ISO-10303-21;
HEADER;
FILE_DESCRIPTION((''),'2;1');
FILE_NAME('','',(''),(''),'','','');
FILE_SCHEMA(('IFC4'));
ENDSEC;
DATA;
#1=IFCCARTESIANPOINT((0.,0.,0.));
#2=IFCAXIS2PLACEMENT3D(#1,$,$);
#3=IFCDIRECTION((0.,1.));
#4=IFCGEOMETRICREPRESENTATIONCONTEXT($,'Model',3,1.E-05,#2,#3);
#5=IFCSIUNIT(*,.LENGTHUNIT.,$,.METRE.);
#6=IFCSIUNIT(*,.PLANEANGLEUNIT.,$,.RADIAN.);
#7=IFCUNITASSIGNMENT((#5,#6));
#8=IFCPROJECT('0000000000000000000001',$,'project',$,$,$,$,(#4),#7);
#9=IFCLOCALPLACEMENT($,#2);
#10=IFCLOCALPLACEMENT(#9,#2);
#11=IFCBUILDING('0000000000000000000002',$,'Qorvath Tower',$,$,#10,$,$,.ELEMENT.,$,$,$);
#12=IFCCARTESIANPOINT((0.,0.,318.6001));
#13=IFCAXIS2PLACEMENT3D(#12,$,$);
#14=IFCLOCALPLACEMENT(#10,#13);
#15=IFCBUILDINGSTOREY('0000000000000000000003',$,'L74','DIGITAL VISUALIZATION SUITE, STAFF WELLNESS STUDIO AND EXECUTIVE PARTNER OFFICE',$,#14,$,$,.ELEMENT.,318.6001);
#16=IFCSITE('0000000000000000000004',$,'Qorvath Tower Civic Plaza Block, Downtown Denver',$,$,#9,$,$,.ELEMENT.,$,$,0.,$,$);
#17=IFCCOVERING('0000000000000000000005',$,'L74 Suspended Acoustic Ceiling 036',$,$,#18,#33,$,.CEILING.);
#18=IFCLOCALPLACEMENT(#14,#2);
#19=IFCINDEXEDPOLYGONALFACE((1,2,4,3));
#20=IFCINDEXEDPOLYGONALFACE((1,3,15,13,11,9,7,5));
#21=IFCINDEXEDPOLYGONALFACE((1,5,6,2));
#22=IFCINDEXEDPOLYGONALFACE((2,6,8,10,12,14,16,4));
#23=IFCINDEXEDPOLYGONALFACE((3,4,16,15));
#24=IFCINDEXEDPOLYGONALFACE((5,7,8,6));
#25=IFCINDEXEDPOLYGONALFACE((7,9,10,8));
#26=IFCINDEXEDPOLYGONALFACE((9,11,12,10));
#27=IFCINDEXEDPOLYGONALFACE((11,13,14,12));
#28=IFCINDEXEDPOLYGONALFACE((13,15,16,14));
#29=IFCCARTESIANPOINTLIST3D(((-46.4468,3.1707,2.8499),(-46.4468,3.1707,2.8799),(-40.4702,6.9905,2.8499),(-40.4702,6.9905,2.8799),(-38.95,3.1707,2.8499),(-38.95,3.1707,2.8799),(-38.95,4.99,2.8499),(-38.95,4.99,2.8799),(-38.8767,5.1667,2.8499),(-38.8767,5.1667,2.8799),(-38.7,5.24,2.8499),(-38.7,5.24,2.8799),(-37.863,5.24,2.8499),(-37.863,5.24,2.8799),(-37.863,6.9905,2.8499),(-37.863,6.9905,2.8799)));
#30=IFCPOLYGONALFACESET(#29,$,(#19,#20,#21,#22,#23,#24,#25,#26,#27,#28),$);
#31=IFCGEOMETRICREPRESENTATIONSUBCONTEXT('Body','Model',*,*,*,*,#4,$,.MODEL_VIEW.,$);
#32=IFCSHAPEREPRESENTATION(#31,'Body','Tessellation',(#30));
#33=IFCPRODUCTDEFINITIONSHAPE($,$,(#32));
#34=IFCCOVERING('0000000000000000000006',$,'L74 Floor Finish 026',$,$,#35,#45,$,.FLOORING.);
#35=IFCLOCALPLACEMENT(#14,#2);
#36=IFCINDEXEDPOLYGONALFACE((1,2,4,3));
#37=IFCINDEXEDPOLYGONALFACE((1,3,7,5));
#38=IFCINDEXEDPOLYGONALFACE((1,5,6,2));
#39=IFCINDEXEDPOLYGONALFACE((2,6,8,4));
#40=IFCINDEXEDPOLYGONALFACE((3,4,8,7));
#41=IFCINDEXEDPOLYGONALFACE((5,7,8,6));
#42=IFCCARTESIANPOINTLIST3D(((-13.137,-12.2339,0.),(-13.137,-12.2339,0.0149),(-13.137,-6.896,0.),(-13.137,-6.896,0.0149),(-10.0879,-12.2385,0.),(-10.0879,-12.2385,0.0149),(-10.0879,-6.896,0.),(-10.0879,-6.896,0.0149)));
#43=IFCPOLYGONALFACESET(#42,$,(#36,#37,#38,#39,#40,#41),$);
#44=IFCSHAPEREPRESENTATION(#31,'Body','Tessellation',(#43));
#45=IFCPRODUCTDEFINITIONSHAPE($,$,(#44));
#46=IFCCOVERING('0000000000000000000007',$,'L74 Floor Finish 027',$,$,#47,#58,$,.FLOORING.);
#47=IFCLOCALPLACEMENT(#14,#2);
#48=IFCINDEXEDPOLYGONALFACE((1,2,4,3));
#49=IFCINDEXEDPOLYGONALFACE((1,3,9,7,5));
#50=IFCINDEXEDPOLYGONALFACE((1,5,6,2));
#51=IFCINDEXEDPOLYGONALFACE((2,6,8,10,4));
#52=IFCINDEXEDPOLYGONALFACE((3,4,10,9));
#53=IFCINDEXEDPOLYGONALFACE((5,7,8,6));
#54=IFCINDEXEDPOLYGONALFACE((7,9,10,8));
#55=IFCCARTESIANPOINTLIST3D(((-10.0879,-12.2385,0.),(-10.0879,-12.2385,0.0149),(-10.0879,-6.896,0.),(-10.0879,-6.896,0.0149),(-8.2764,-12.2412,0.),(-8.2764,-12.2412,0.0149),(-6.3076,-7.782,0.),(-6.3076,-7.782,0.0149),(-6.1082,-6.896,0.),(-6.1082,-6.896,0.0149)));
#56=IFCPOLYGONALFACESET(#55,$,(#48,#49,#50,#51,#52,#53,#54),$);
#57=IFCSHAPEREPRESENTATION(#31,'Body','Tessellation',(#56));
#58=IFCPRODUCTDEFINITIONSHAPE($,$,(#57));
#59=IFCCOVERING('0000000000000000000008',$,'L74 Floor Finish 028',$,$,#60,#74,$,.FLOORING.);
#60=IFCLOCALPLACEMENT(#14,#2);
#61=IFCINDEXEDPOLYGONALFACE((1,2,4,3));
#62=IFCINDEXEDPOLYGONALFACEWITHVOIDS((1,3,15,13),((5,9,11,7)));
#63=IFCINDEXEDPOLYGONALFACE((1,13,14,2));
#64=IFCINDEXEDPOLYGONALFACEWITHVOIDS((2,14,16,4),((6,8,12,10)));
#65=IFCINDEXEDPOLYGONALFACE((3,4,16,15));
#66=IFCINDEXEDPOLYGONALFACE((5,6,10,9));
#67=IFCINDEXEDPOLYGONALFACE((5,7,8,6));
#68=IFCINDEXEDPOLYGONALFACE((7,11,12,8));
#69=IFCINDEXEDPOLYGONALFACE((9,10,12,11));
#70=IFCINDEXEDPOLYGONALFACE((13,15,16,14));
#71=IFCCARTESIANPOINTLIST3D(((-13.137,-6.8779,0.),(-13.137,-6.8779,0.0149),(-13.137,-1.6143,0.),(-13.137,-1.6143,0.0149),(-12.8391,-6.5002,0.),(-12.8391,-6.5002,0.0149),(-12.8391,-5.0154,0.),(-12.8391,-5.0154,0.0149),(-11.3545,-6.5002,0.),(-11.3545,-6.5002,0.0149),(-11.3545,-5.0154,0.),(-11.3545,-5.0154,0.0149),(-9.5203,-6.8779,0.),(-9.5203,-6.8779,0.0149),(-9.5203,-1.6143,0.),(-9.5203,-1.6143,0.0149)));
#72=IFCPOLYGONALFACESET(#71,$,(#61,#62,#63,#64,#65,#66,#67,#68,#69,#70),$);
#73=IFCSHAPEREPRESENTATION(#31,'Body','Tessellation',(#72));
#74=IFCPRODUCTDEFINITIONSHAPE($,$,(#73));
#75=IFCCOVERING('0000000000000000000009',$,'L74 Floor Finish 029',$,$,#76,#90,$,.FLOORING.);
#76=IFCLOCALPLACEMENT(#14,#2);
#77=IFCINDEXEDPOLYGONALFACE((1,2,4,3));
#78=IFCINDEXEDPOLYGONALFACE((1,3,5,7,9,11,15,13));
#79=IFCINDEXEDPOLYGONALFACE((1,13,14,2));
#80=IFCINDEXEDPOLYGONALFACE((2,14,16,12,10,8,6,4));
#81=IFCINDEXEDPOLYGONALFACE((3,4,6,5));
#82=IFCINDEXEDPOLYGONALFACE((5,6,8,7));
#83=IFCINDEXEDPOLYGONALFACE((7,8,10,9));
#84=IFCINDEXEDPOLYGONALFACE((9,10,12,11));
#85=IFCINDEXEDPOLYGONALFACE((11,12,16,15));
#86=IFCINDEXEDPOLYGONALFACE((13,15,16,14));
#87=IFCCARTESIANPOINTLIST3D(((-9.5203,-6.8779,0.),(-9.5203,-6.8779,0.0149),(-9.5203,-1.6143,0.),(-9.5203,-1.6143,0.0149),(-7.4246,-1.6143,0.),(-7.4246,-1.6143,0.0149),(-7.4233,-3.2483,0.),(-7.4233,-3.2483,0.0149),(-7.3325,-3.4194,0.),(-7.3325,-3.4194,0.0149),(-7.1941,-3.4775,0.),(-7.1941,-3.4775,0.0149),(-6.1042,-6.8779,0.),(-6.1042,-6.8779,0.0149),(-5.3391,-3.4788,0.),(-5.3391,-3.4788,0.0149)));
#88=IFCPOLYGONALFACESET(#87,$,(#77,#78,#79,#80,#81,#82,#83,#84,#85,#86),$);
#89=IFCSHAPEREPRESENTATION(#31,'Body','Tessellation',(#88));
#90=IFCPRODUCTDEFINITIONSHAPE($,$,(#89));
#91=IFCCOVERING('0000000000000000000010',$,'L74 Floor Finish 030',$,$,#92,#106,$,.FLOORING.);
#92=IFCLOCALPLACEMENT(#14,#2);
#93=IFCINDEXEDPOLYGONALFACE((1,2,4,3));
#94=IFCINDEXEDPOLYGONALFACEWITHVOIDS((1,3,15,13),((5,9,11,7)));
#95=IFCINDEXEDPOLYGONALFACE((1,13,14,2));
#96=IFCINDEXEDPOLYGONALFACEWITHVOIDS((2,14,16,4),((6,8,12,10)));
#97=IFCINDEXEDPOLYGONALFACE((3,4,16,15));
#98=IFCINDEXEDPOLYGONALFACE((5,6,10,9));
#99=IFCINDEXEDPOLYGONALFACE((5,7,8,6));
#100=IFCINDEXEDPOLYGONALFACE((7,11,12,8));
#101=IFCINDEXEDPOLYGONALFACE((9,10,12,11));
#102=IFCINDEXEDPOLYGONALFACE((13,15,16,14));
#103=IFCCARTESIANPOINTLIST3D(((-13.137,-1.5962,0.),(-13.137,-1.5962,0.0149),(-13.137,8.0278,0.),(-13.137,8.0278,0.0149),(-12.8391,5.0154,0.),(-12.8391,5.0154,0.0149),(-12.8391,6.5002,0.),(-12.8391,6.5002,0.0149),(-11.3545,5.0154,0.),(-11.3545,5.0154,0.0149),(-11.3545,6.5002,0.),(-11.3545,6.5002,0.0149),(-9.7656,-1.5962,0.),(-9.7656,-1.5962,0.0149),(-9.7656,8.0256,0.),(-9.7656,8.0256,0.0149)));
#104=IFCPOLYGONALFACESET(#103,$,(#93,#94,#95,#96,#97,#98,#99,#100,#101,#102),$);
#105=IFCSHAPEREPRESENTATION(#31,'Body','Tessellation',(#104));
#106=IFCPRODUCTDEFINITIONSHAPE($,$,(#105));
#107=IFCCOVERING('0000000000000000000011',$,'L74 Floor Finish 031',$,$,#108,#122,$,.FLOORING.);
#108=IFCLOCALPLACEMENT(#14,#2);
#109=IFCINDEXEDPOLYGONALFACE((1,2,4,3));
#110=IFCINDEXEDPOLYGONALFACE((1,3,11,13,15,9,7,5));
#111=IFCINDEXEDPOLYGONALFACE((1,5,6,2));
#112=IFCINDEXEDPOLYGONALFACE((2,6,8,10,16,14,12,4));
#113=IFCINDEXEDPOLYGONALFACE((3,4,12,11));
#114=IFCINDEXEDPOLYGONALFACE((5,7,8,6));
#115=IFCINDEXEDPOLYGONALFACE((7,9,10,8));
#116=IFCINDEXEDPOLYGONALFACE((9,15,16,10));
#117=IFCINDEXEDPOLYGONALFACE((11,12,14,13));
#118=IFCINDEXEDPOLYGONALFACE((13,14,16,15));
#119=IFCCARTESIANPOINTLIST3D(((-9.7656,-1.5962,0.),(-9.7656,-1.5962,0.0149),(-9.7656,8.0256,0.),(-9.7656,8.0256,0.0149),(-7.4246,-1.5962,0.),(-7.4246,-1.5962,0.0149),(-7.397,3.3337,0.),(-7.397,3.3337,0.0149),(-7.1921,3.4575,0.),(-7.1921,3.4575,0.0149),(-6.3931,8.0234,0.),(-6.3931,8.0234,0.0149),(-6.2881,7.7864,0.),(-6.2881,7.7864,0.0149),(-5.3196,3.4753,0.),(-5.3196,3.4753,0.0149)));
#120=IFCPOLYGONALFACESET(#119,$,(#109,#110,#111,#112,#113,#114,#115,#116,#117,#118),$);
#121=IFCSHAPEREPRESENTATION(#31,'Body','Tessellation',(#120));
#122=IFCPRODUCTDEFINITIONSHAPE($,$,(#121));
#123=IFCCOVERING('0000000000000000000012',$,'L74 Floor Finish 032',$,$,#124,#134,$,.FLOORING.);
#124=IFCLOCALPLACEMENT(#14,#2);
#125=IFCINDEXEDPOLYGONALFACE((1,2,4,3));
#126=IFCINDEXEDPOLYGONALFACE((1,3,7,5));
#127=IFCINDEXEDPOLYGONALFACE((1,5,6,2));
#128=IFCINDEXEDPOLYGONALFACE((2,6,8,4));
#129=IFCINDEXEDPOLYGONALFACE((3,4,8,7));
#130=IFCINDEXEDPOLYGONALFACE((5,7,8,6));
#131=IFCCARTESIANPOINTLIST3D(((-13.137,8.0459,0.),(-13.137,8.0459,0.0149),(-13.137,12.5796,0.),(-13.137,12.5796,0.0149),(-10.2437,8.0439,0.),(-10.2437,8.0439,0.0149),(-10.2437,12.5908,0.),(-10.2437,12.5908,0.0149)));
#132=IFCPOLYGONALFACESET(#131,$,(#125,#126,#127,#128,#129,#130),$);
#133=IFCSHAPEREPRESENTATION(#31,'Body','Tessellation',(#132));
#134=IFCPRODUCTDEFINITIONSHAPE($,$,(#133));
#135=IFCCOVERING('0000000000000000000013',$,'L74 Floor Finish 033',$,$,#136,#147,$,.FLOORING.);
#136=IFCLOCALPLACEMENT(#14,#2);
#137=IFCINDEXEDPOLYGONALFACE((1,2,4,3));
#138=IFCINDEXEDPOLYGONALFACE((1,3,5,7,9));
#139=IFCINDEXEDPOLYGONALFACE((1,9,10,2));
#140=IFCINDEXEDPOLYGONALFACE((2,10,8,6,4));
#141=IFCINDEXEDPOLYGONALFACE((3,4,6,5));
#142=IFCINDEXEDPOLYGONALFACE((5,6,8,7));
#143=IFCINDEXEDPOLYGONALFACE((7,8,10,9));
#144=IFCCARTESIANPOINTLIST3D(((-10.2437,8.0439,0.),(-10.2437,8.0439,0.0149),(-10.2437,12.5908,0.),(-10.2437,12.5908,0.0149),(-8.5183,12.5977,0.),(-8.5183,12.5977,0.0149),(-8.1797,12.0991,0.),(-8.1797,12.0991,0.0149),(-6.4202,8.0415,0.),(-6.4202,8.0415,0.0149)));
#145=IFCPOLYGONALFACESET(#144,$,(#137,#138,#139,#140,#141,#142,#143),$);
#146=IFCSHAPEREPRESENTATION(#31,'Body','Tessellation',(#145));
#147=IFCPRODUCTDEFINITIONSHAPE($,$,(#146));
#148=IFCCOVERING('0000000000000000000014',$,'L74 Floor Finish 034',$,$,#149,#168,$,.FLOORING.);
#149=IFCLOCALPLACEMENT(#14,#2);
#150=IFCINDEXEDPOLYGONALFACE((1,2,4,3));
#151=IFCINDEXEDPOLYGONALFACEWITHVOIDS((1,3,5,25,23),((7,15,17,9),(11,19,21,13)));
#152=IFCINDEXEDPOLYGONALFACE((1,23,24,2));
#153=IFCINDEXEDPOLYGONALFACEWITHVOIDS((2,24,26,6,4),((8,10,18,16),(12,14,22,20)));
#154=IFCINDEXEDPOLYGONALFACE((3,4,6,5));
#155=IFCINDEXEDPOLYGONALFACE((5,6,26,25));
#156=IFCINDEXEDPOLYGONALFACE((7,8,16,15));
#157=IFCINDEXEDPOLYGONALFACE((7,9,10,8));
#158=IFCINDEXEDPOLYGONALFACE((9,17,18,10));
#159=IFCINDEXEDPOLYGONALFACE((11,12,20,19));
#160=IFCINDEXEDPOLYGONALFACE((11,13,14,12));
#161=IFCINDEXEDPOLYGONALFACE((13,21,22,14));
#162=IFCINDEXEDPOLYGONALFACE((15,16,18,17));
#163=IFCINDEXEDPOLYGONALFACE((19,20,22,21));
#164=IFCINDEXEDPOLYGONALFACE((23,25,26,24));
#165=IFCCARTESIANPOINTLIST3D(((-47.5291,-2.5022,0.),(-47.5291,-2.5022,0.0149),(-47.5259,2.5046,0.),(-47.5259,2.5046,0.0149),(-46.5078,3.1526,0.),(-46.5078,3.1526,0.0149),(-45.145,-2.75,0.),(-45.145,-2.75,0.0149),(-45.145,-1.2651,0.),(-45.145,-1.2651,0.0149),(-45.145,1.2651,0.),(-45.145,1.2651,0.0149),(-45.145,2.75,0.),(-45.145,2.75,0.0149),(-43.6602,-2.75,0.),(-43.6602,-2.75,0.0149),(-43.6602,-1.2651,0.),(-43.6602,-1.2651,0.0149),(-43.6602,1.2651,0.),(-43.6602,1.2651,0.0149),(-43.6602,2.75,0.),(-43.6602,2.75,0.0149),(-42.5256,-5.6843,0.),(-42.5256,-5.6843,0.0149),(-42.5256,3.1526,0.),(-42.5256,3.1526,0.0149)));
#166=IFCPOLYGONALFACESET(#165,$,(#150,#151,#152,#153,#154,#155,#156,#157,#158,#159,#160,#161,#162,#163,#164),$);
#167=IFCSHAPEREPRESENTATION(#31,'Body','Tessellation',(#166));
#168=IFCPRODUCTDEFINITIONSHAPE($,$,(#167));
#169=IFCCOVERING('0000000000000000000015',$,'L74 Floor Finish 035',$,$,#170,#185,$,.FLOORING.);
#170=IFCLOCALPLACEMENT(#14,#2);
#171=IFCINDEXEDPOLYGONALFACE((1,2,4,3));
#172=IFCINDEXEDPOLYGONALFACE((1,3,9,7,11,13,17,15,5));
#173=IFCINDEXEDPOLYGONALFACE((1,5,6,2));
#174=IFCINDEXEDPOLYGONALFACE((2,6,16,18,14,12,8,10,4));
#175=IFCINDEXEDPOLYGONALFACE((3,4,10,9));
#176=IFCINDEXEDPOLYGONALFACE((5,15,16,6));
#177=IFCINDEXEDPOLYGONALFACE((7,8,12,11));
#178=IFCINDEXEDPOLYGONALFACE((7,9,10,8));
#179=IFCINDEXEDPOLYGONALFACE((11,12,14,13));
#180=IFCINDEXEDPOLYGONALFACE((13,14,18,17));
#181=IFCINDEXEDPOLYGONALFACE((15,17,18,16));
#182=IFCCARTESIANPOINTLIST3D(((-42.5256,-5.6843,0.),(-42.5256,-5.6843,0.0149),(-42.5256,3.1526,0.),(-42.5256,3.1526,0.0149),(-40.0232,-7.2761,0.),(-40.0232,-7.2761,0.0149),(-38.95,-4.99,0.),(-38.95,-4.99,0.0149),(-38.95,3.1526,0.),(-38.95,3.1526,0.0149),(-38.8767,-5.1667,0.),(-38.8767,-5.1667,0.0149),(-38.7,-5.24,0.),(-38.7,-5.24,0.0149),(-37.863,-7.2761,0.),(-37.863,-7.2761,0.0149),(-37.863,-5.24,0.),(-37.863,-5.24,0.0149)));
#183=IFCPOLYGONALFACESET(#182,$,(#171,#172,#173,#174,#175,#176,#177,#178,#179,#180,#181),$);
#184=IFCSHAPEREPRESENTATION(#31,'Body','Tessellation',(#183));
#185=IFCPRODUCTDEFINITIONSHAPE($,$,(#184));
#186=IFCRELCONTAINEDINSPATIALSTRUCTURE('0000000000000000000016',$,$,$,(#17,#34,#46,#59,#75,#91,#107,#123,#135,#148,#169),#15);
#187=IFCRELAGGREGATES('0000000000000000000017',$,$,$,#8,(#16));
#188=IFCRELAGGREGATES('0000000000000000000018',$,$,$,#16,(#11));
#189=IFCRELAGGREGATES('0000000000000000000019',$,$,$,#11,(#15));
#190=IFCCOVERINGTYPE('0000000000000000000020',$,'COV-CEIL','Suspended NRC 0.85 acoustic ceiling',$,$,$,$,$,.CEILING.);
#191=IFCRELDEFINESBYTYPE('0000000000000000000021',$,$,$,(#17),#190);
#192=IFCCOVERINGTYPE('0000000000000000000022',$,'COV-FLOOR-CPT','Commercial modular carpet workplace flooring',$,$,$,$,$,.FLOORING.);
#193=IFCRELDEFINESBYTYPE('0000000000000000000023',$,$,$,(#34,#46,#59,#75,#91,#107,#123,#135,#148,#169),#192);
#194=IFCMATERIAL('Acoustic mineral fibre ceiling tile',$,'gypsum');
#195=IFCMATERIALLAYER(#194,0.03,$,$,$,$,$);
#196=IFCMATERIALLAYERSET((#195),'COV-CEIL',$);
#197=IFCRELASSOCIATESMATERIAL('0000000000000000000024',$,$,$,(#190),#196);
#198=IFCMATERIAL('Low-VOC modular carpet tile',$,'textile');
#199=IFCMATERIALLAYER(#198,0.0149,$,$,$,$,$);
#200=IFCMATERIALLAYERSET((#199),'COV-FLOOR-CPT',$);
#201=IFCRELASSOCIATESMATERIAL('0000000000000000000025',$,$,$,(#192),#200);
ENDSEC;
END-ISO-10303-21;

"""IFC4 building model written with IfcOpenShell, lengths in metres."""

from ifc_helpers import new_model, si_unit, direction, frame, origin, place, context, subcontext, project, spatial, polyline, outline, extrude, material, layer, layer_set, type_object, element, save


model = new_model("IFC4")

# Units and contexts
model_context = context("Model", 3, precision=1e-05, world=origin(), true_north=direction((0.0, 1.0)))
body_context = subcontext(model_context, "Body", "Model", "MODEL_VIEW")
ifc_project = project(units=[si_unit("LENGTHUNIT", "METRE"), si_unit("PLANEANGLEUNIT", "RADIAN")], contexts=[model_context])

# Site, building, storey
site_placement = place(None, origin())
site = spatial("IfcSite", under=ifc_project, at=site_placement, Name="Qorvath Tower Civic Plaza Block, Downtown Denver", CompositionType="ELEMENT", RefElevation=0.0)
building_placement = place(site_placement, origin())
building = spatial("IfcBuilding", under=site, at=building_placement, Name="Qorvath Tower", CompositionType="ELEMENT")
storey_placement = place(building_placement, frame((0.0, 0.0, 318.6001)))
storey = spatial("IfcBuildingStorey", under=building, at=storey_placement, Name="L74", Description="DIGITAL VISUALIZATION SUITE, STAFF WELLNESS STUDIO AND EXECUTIVE PARTNER OFFICE", CompositionType="ELEMENT", Elevation=318.6001)

# Coverings
ifc_material_1 = material(Name="Acoustic mineral fibre ceiling tile", Category="gypsum")
ifc_layer_1 = layer(ifc_material_1, 0.03)
ifc_layer_set_1 = layer_set([ifc_layer_1], Name="COV-CEIL")
covering_type_1 = type_object("IfcCoveringType", Name="COV-CEIL", Description="Suspended NRC 0.85 acoustic ceiling", PredefinedType="CEILING", material=ifc_layer_set_1)
covering_1_placement = place(storey_placement, frame((0.0, 0.0, 2.8499)))
element("IfcCovering", 1, at=covering_1_placement, inside=storey, type_object=covering_type_1, Name="L74 Suspended Acoustic Ceiling 036", PredefinedType="CEILING", context=body_context, shape_type="SweptSolid", body=[
    extrude(outline(polyline([(-38.95, 3.1707), (-38.95, 4.99), (-38.8767, 5.1667), (-38.7, 5.24), (-37.863, 5.24), (-37.863, 6.9905), (-40.4702, 6.9905), (-46.4468, 3.1707), (-38.95, 3.1707)])), origin(), (0.0, 0.0, 1.0), 0.03),
])
ifc_material_2 = material(Name="Low-VOC modular carpet tile", Category="textile")
ifc_layer_2 = layer(ifc_material_2, 0.0149)
ifc_layer_set_2 = layer_set([ifc_layer_2], Name="COV-FLOOR-CPT")
covering_type_2 = type_object("IfcCoveringType", Name="COV-FLOOR-CPT", Description="Commercial modular carpet workplace flooring", PredefinedType="FLOORING", material=ifc_layer_set_2)
covering_2_placement = place(storey_placement, origin())
element("IfcCovering", 2, at=covering_2_placement, inside=storey, type_object=covering_type_2, Name="L74 Floor Finish 026", PredefinedType="FLOORING", context=body_context, shape_type="SweptSolid", body=[
    extrude(outline(polyline([(-13.137, -12.2339), (-10.0879, -12.2385), (-10.0879, -6.896), (-13.137, -6.896), (-13.137, -12.2339)])), origin(), (0.0, 0.0, 1.0), 0.0149),
])
covering_3_placement = place(storey_placement, origin())
element("IfcCovering", 3, at=covering_3_placement, inside=storey, type_object=covering_type_2, Name="L74 Floor Finish 027", PredefinedType="FLOORING", context=body_context, shape_type="SweptSolid", body=[
    extrude(outline(polyline([(-10.0879, -6.896), (-10.0879, -12.2385), (-8.2764, -12.2412), (-6.3076, -7.782), (-6.1082, -6.896), (-10.0879, -6.896)])), origin(), (0.0, 0.0, 1.0), 0.0149),
])
covering_4_placement = place(storey_placement, origin())
element("IfcCovering", 4, at=covering_4_placement, inside=storey, type_object=covering_type_2, Name="L74 Floor Finish 028", PredefinedType="FLOORING", context=body_context, shape_type="SweptSolid", body=[
    extrude(outline(polyline([(-9.5203, -6.8779), (-9.5203, -1.6143), (-13.137, -1.6143), (-13.137, -6.8779), (-9.5203, -6.8779)]), holes=[polyline([(-12.8391, -6.5002), (-12.8391, -5.0154), (-11.3545, -5.0154), (-11.3545, -6.5002), (-12.8391, -6.5002)])]), origin(), (0.0, 0.0, 1.0), 0.0149),
])
covering_5_placement = place(storey_placement, origin())
element("IfcCovering", 5, at=covering_5_placement, inside=storey, type_object=covering_type_2, Name="L74 Floor Finish 029", PredefinedType="FLOORING", context=body_context, shape_type="SweptSolid", body=[
    extrude(outline(polyline([(-7.3325, -3.4194), (-7.4233, -3.2483), (-7.4246, -1.6143), (-9.5203, -1.6143), (-9.5203, -6.8779), (-6.1042, -6.8779), (-5.3391, -3.4788), (-7.1941, -3.4775), (-7.3325, -3.4194)])), origin(), (0.0, 0.0, 1.0), 0.0149),
])
covering_6_placement = place(storey_placement, origin())
element("IfcCovering", 6, at=covering_6_placement, inside=storey, type_object=covering_type_2, Name="L74 Floor Finish 030", PredefinedType="FLOORING", context=body_context, shape_type="SweptSolid", body=[
    extrude(outline(polyline([(-9.7656, -1.5962), (-9.7656, 8.0256), (-13.137, 8.0278), (-13.137, -1.5962), (-9.7656, -1.5962)]), holes=[polyline([(-12.8391, 5.0154), (-12.8391, 6.5002), (-11.3545, 6.5002), (-11.3545, 5.0154), (-12.8391, 5.0154)])]), origin(), (0.0, 0.0, 1.0), 0.0149),
])
covering_7_placement = place(storey_placement, origin())
element("IfcCovering", 7, at=covering_7_placement, inside=storey, type_object=covering_type_2, Name="L74 Floor Finish 031", PredefinedType="FLOORING", context=body_context, shape_type="SweptSolid", body=[
    extrude(outline(polyline([(-7.4246, -1.5962), (-7.397, 3.3337), (-7.1921, 3.4575), (-5.3196, 3.4753), (-6.2881, 7.7864), (-6.3931, 8.0234), (-9.7656, 8.0256), (-9.7656, -1.5962), (-7.4246, -1.5962)])), origin(), (0.0, 0.0, 1.0), 0.0149),
])
covering_8_placement = place(storey_placement, origin())
element("IfcCovering", 8, at=covering_8_placement, inside=storey, type_object=covering_type_2, Name="L74 Floor Finish 032", PredefinedType="FLOORING", context=body_context, shape_type="SweptSolid", body=[
    extrude(outline(polyline([(-13.137, 12.5796), (-13.137, 8.0459), (-10.2437, 8.0439), (-10.2437, 12.5908), (-13.137, 12.5796)])), origin(), (0.0, 0.0, 1.0), 0.0149),
])
covering_9_placement = place(storey_placement, origin())
element("IfcCovering", 9, at=covering_9_placement, inside=storey, type_object=covering_type_2, Name="L74 Floor Finish 033", PredefinedType="FLOORING", context=body_context, shape_type="SweptSolid", body=[
    extrude(outline(polyline([(-10.2437, 12.5908), (-10.2437, 8.0439), (-6.4202, 8.0415), (-8.1797, 12.0991), (-8.5183, 12.5977), (-10.2437, 12.5908)])), origin(), (0.0, 0.0, 1.0), 0.0149),
])
covering_10_placement = place(storey_placement, origin())
element("IfcCovering", 10, at=covering_10_placement, inside=storey, type_object=covering_type_2, Name="L74 Floor Finish 034", PredefinedType="FLOORING", context=body_context, shape_type="SweptSolid", body=[
    extrude(outline(polyline([(-47.5259, 2.5046), (-47.5291, -2.5022), (-42.5256, -5.6843), (-42.5256, 3.1526), (-46.5078, 3.1526), (-47.5259, 2.5046)]), holes=[polyline([(-45.145, -2.75), (-45.145, -1.2651), (-43.6602, -1.2651), (-43.6602, -2.75), (-45.145, -2.75)]), polyline([(-45.145, 1.2651), (-45.145, 2.75), (-43.6602, 2.75), (-43.6602, 1.2651), (-45.145, 1.2651)])]), origin(), (0.0, 0.0, 1.0), 0.0149),
])
covering_11_placement = place(storey_placement, origin())
element("IfcCovering", 11, at=covering_11_placement, inside=storey, type_object=covering_type_2, Name="L74 Floor Finish 035", PredefinedType="FLOORING", context=body_context, shape_type="SweptSolid", body=[
    extrude(outline(polyline([(-42.5256, 3.1526), (-42.5256, -5.6843), (-40.0232, -7.2761), (-37.863, -7.2761), (-37.863, -5.24), (-38.7, -5.24), (-38.8767, -5.1667), (-38.95, -4.99), (-38.95, 3.1526), (-42.5256, 3.1526)])), origin(), (0.0, 0.0, 1.0), 0.0149),
])

save(model, "model.ifc")
